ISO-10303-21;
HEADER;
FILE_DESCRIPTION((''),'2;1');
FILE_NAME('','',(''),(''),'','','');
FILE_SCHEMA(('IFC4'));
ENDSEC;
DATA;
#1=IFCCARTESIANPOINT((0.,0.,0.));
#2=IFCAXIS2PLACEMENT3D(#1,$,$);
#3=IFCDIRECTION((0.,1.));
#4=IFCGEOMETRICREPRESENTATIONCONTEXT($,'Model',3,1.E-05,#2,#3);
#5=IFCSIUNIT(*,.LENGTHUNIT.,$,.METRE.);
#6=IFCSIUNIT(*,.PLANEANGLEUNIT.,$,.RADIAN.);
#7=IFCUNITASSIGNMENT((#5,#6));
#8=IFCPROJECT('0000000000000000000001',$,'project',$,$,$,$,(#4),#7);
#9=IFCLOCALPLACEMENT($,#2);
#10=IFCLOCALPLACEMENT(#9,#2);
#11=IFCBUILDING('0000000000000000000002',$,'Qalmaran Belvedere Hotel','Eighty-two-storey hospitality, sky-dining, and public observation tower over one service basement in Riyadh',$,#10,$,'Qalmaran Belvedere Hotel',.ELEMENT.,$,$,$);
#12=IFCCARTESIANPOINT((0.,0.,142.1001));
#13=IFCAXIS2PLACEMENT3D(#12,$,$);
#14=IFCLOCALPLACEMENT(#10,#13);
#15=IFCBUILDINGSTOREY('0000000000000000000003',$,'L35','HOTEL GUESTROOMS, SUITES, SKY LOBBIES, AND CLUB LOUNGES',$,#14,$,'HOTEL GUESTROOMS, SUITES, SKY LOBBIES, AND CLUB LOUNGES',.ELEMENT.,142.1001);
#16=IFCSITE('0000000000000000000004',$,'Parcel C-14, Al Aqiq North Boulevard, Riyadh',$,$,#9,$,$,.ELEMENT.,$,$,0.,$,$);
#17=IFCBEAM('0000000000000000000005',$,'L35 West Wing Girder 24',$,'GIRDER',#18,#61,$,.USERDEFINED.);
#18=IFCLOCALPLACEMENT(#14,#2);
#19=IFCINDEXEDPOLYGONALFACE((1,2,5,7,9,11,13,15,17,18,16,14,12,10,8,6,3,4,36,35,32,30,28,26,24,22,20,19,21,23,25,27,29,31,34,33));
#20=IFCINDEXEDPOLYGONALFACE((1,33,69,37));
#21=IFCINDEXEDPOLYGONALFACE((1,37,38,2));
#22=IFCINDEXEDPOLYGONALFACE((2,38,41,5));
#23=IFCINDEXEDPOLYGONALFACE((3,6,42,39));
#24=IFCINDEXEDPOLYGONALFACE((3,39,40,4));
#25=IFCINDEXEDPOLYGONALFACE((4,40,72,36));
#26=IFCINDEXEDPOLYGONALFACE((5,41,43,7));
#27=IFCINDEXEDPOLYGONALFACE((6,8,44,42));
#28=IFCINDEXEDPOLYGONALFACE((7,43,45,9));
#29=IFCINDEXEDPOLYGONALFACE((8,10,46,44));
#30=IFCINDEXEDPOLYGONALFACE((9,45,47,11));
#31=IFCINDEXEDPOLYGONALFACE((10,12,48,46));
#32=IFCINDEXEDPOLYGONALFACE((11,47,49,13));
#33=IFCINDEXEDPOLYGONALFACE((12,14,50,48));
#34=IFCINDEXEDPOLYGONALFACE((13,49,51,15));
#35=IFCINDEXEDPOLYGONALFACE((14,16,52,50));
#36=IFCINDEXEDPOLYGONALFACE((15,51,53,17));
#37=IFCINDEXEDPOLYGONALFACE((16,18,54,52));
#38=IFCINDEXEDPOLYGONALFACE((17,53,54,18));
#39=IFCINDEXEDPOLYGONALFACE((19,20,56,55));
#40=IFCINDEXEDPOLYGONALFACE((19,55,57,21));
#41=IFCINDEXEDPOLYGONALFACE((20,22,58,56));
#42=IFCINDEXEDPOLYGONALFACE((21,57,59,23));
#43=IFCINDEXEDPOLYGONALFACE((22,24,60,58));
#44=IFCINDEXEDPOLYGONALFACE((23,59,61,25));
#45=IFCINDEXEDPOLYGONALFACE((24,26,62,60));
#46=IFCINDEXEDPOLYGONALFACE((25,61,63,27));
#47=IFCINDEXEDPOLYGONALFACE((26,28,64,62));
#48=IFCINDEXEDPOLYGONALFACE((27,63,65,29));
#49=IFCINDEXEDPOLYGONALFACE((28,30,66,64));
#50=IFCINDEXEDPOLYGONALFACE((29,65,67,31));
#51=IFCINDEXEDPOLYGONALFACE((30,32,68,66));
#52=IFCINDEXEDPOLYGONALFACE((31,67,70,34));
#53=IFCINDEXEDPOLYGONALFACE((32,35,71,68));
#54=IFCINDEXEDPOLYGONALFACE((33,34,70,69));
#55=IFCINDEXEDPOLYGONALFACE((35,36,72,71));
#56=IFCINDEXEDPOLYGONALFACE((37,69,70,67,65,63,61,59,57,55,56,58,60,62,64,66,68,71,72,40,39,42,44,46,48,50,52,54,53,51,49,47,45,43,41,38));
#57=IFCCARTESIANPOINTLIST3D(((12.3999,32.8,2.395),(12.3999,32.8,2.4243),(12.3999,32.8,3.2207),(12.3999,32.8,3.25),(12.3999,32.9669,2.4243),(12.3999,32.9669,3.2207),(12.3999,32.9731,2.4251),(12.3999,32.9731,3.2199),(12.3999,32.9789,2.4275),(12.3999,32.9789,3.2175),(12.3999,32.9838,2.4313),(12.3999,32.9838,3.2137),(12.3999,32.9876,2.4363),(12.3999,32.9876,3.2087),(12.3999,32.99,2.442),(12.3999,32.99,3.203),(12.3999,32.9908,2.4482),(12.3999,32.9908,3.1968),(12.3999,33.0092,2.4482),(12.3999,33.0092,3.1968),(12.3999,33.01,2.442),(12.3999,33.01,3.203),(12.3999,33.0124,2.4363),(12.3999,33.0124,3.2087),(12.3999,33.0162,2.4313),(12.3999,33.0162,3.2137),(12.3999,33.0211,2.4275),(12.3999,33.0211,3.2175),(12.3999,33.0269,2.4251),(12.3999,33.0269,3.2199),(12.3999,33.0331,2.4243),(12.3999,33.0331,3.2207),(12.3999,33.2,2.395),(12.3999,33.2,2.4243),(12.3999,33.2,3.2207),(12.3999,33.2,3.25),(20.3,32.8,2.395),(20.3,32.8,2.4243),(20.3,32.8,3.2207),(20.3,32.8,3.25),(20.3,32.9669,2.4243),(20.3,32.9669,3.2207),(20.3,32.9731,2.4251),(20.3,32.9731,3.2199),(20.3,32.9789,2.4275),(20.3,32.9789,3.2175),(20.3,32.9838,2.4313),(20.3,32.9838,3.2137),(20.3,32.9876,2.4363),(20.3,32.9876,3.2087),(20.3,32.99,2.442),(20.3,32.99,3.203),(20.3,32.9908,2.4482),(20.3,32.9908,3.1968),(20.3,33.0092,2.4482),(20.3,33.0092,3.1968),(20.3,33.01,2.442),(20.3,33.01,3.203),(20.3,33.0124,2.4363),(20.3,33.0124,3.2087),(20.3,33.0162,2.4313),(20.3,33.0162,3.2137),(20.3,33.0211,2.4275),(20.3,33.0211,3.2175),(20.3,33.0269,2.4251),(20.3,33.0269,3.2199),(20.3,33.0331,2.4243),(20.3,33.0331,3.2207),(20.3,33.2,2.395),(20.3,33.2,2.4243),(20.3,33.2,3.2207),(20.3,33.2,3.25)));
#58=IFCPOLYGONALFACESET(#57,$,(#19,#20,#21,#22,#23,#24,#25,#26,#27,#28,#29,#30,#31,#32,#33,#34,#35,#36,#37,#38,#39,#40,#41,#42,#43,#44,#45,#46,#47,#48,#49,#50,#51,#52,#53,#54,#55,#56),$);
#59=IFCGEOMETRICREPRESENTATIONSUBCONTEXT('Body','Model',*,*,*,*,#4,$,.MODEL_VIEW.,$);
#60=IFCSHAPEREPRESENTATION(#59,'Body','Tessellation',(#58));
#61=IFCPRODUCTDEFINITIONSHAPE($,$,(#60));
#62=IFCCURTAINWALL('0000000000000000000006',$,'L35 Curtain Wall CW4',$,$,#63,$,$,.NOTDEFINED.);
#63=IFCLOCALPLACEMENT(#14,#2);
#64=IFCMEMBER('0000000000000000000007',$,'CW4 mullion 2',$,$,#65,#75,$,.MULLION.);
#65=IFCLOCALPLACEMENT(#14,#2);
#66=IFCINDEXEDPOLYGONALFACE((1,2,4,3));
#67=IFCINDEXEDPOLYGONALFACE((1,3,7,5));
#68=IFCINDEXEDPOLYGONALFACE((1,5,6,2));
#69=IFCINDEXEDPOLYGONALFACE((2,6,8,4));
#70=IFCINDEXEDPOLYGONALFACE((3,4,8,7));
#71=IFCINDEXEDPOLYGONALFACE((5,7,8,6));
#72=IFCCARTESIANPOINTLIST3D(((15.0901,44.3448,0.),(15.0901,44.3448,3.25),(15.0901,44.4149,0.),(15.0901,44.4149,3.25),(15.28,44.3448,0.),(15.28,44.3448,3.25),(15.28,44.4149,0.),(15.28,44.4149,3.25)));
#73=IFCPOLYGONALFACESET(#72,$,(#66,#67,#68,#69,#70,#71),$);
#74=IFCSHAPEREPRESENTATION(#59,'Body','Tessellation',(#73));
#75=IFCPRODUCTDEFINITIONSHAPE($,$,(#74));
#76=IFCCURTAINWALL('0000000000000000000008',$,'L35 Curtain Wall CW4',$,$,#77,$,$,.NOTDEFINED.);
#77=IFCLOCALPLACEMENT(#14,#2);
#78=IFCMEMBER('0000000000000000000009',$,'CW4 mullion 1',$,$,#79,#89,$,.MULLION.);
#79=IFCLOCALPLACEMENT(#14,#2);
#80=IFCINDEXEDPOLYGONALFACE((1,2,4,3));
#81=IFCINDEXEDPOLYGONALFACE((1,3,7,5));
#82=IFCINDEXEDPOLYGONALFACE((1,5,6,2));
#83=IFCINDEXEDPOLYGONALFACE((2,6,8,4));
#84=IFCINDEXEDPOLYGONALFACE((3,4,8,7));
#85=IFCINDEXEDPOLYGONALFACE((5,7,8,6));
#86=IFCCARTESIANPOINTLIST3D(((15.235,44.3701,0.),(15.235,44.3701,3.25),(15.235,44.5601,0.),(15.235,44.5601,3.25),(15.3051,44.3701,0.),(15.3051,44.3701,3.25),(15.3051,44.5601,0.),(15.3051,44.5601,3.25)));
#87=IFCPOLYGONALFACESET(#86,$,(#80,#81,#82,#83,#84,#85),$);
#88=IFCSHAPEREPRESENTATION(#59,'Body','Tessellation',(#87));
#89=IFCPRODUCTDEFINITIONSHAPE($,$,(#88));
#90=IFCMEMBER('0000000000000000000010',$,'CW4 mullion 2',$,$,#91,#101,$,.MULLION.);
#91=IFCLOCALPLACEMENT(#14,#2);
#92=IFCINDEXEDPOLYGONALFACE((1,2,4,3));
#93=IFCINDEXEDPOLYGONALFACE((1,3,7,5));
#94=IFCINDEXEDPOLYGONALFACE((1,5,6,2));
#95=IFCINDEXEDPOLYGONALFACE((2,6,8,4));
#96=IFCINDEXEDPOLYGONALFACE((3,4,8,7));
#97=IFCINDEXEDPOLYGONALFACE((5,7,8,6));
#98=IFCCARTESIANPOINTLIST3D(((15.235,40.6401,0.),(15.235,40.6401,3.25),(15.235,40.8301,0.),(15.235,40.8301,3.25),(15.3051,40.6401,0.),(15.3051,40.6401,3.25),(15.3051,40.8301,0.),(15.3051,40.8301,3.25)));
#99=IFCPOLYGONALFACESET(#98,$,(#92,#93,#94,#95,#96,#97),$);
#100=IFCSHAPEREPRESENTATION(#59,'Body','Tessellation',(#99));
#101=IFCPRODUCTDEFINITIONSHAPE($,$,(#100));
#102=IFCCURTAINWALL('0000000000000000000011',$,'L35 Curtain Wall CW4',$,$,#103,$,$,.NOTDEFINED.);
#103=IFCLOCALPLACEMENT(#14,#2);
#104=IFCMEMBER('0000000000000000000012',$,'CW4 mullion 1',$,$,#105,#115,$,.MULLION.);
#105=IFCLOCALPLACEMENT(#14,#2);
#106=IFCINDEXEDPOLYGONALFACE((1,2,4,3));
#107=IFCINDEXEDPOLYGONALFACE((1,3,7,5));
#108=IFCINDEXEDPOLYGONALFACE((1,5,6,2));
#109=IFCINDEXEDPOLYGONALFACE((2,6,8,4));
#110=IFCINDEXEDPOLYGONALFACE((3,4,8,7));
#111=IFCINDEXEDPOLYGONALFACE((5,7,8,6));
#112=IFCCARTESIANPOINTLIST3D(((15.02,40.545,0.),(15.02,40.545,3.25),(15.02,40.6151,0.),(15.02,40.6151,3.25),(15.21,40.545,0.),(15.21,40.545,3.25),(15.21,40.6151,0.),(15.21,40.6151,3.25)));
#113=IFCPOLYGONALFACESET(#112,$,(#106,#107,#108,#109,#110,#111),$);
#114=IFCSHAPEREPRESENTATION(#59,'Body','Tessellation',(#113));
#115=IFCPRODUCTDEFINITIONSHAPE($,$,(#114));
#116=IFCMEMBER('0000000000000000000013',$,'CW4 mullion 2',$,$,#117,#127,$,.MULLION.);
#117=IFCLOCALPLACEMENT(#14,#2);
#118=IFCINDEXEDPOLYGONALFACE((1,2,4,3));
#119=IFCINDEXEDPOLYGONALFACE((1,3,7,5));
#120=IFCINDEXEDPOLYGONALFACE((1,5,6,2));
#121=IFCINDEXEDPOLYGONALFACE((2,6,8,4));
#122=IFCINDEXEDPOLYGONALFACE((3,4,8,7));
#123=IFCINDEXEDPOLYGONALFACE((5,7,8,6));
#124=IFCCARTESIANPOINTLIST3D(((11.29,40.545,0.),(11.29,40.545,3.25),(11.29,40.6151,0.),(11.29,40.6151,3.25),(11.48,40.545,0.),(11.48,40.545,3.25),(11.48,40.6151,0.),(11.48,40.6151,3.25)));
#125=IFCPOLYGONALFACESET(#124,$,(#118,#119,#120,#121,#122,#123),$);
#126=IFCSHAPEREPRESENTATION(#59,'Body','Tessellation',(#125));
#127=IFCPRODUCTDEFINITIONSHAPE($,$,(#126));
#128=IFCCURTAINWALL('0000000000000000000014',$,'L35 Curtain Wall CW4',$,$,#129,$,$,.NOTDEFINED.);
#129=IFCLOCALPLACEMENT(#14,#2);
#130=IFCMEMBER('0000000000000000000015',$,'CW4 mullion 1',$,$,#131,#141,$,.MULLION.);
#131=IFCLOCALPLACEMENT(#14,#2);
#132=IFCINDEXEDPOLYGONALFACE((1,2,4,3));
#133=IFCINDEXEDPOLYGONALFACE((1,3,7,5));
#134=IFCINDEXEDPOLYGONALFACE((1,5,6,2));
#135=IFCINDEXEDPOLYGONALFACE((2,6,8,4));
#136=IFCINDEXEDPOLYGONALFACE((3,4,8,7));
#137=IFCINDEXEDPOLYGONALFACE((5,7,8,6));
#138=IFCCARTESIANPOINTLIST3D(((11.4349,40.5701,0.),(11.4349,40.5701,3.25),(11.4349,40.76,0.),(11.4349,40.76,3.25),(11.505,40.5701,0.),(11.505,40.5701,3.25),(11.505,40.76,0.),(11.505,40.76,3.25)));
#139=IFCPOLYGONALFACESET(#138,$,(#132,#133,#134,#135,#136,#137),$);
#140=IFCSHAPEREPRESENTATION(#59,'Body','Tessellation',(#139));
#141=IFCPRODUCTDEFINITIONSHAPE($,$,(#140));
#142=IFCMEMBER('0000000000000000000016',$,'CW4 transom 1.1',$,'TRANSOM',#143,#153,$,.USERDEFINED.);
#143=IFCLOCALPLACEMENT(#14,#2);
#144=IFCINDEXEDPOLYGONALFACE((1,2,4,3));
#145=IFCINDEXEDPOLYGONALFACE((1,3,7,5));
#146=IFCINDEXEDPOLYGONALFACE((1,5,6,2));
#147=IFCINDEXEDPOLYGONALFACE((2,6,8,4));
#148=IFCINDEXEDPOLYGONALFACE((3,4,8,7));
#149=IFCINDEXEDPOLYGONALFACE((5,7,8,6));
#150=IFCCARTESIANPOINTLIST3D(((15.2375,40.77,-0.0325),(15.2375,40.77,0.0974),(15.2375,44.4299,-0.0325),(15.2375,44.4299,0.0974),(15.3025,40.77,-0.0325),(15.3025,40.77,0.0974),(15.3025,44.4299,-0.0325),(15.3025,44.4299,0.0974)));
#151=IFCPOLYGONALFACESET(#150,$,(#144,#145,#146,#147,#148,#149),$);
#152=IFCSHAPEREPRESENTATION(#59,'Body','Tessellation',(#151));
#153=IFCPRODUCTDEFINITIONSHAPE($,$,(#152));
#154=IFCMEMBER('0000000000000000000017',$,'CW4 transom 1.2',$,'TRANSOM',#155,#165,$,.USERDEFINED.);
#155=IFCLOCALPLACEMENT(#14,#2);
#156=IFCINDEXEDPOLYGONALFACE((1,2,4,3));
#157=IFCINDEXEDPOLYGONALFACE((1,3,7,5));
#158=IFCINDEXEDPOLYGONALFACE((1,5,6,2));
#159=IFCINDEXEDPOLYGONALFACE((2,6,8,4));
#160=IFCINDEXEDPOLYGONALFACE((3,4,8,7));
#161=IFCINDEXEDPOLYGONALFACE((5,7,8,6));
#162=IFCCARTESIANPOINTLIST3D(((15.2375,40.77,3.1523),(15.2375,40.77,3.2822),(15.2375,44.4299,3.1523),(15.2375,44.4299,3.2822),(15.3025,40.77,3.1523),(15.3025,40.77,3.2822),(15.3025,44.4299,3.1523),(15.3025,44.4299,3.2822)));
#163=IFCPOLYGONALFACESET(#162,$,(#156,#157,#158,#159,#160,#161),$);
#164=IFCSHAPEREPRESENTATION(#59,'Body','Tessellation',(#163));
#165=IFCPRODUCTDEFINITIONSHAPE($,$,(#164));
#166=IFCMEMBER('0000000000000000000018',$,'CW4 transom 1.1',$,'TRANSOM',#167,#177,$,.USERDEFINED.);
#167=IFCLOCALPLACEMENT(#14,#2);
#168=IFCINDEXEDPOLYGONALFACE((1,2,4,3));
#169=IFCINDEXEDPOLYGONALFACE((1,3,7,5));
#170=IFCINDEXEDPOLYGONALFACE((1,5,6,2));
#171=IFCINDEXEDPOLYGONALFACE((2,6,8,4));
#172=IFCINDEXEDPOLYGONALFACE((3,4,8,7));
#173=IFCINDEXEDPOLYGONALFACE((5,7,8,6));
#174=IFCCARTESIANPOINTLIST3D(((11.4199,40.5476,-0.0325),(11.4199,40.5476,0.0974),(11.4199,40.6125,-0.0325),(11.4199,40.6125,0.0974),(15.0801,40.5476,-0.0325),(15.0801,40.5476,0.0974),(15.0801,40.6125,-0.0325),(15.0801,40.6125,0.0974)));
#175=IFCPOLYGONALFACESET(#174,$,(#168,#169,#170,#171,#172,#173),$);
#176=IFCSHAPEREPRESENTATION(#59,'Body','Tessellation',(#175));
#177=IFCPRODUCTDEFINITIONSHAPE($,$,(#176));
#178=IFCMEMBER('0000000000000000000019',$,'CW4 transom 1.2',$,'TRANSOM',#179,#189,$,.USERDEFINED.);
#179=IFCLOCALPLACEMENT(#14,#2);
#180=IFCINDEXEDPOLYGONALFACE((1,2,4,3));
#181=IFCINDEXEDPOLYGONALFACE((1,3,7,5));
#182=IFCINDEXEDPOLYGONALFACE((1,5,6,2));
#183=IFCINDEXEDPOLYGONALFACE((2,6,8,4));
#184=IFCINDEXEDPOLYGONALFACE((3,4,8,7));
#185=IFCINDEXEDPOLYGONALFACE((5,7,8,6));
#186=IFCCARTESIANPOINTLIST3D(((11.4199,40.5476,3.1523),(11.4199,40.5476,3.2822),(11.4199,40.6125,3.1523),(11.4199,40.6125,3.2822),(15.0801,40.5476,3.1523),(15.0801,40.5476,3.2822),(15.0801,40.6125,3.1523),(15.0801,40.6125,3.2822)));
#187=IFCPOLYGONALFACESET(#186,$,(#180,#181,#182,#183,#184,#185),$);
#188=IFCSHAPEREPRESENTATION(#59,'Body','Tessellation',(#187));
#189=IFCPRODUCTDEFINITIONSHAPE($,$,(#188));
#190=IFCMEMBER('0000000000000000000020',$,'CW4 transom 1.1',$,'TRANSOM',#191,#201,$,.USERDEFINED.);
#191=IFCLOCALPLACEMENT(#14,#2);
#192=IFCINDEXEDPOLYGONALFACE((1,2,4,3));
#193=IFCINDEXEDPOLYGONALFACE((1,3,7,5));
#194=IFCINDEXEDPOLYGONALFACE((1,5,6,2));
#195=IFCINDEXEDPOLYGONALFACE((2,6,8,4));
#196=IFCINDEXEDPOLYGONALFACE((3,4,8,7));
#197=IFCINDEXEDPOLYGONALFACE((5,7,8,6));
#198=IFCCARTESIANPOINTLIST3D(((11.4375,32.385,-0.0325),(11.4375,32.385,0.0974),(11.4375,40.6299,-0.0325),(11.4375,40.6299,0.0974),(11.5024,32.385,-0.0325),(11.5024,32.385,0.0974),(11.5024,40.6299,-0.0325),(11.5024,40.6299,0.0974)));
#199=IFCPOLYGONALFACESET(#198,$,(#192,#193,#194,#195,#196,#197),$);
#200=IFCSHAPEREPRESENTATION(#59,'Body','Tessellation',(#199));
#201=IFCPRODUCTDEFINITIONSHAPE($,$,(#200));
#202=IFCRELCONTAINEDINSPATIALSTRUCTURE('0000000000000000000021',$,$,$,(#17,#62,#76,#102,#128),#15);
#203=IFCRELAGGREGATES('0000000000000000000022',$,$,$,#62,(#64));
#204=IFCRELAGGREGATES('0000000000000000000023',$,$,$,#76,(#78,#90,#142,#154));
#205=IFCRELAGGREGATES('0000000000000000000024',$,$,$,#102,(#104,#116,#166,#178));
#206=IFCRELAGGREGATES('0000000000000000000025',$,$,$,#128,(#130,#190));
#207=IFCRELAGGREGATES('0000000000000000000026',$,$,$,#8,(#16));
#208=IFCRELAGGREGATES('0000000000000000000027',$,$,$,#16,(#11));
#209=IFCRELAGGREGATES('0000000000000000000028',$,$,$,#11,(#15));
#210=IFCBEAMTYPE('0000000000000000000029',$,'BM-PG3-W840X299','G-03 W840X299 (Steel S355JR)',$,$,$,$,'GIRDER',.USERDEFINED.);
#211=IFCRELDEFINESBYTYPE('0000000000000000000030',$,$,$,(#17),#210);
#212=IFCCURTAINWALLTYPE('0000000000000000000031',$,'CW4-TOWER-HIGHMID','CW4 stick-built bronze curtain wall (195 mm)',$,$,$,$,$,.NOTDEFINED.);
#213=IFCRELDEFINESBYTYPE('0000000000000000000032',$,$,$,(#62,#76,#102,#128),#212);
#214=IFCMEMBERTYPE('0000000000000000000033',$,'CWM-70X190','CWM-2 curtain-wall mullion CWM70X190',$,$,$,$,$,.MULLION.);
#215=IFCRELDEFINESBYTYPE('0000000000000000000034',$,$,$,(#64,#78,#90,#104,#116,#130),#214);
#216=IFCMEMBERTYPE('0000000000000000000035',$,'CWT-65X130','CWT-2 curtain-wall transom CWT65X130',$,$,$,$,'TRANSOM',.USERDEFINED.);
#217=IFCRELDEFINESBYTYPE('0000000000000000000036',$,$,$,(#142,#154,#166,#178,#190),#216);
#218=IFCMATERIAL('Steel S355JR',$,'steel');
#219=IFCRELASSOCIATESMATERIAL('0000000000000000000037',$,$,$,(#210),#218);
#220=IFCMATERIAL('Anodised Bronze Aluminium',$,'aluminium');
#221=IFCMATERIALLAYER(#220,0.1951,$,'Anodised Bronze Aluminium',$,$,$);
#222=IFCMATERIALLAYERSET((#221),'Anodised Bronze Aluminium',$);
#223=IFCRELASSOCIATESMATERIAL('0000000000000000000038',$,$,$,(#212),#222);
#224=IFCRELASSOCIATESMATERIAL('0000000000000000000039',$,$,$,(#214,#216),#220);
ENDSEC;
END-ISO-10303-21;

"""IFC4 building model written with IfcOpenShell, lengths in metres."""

from ifc_helpers import new_model, si_unit, direction, frame, origin, origin_2d, place, context, subcontext, project, spatial, rectangle, i_section, extrude, material, layer, layer_set, material_profile, profile_set, type_object, element, aggregate, save


model = new_model("IFC4")

# Units and contexts
model_context = context("Model", 3, precision=1e-05, world=origin(), true_north=direction((0.0, 1.0)))
body_context = subcontext(model_context, "Body", "Model", "MODEL_VIEW")
ifc_project = project(units=[si_unit("LENGTHUNIT", "METRE"), si_unit("PLANEANGLEUNIT", "RADIAN")], contexts=[model_context])

# Site, building, storey
site_placement = place(None, origin())
site = spatial("IfcSite", under=ifc_project, at=site_placement, Name="Parcel C-14, Al Aqiq North Boulevard, Riyadh", CompositionType="ELEMENT", RefElevation=0.0)
building_placement = place(site_placement, origin())
building = spatial("IfcBuilding", under=site, at=building_placement, Name="Qalmaran Belvedere Hotel", Description="Eighty-two-storey hospitality, sky-dining, and public observation tower over one service basement in Riyadh", LongName="Qalmaran Belvedere Hotel", CompositionType="ELEMENT")
storey_placement = place(building_placement, frame((0.0, 0.0, 142.1001)))
storey = spatial("IfcBuildingStorey", under=building, at=storey_placement, Name="L35", Description="HOTEL GUESTROOMS, SUITES, SKY LOBBIES, AND CLUB LOUNGES", LongName="HOTEL GUESTROOMS, SUITES, SKY LOBBIES, AND CLUB LOUNGES", CompositionType="ELEMENT", Elevation=142.1001)

# Beam
ifc_material_1 = material(Name="Steel S355JR", Category="steel")
ifc_material_profile_1 = material_profile(ifc_material_1, i_section(OverallWidth=0.3999, OverallDepth=0.855, WebThickness=0.0183, FlangeThickness=0.0293, FilletRadius=0.0239, at=origin_2d()), Name="W840X299")
ifc_profile_set_1 = profile_set([ifc_material_profile_1], Name="Steel S355JR")
beam_type = type_object("IfcBeamType", Name="BM-PG3-W840X299", Description="G-03 W840X299 (Steel S355JR)", ElementType="GIRDER", PredefinedType="USERDEFINED", material=ifc_profile_set_1)
beam_placement = place(storey_placement, frame((12.3999, 33.0, 2.8225), z_axis=(1.0, 0.0, 0.0), x_axis=(0.0, 1.0, 0.0)))
element("IfcBeam", 1, at=beam_placement, inside=storey, type_object=beam_type, Name="L35 West Wing Girder 24", ObjectType="GIRDER", PredefinedType="USERDEFINED", context=body_context, shape_type="SweptSolid", body=[
    extrude(i_section(OverallWidth=0.3999, OverallDepth=0.855, WebThickness=0.0183, FlangeThickness=0.0293, FilletRadius=0.0239, at=origin_2d()), origin(), (0.0, 0.0, 1.0), 7.9001),
])

# Curtain wall, member
ifc_material_2 = material(Name="Anodised Bronze Aluminium", Category="aluminium")
ifc_layer_1 = layer(ifc_material_2, 0.1951, Name="Anodised Bronze Aluminium")
ifc_layer_set_1 = layer_set([ifc_layer_1], Name="Anodised Bronze Aluminium")
curtain_wall_type = type_object("IfcCurtainWallType", Name="CW4-TOWER-HIGHMID", Description="CW4 stick-built bronze curtain wall (195 mm)", PredefinedType="NOTDEFINED", material=ifc_layer_set_1)
curtain_wall_1_placement = place(storey_placement, origin())
curtain_wall_1 = element("IfcCurtainWall", 2, at=curtain_wall_1_placement, inside=storey, type_object=curtain_wall_type, Name="L35 Curtain Wall CW4", PredefinedType="NOTDEFINED")
ifc_material_profile_2 = material_profile(ifc_material_2, rectangle(XDim=0.0701, YDim=0.1899, at=origin_2d()), Name="CWM70X190")
ifc_profile_set_2 = profile_set([ifc_material_profile_2], Name="Anodised Bronze Aluminium")
member_type_1 = type_object("IfcMemberType", Name="CWM-70X190", Description="CWM-2 curtain-wall mullion CWM70X190", PredefinedType="MULLION", material=ifc_profile_set_2)
member_1_placement = place(storey_placement, frame((15.1851, 44.3799, 0.0), z_axis=(0.0, 0.0, 1.0), x_axis=(0.0, -1.0, 0.0)))
member_1 = element("IfcMember", 3, at=member_1_placement, type_object=member_type_1, Name="CW4 mullion 2", PredefinedType="MULLION", context=body_context, shape_type="SweptSolid", body=[
    extrude(rectangle(XDim=0.0701, YDim=0.1899, at=origin_2d()), origin(), (0.0, 0.0, 1.0), 3.25),
])
aggregate(curtain_wall_1, [member_1])

# Curtain walls, members
curtain_wall_2_placement = place(storey_placement, origin())
curtain_wall_2 = element("IfcCurtainWall", 4, at=curtain_wall_2_placement, inside=storey, type_object=curtain_wall_type, Name="L35 Curtain Wall CW4", PredefinedType="NOTDEFINED")
member_2_placement = place(storey_placement, frame((15.27, 44.4651, 0.0), z_axis=(0.0, 0.0, 1.0), x_axis=(1.0, 0.0, 0.0)))
member_2 = element("IfcMember", 5, at=member_2_placement, type_object=member_type_1, Name="CW4 mullion 1", PredefinedType="MULLION", context=body_context, shape_type="SweptSolid", body=[
    extrude(rectangle(XDim=0.0701, YDim=0.1899, at=origin_2d()), origin(), (0.0, 0.0, 1.0), 3.25),
])
member_3_placement = place(storey_placement, frame((15.27, 40.7351, 0.0), z_axis=(0.0, 0.0, 1.0), x_axis=(1.0, 0.0, 0.0)))
member_3 = element("IfcMember", 6, at=member_3_placement, type_object=member_type_1, Name="CW4 mullion 2", PredefinedType="MULLION", context=body_context, shape_type="SweptSolid", body=[
    extrude(rectangle(XDim=0.0701, YDim=0.1899, at=origin_2d()), origin(), (0.0, 0.0, 1.0), 3.25),
])
curtain_wall_3_placement = place(storey_placement, origin())
curtain_wall_3 = element("IfcCurtainWall", 7, at=curtain_wall_3_placement, inside=storey, type_object=curtain_wall_type, Name="L35 Curtain Wall CW4", PredefinedType="NOTDEFINED")
member_4_placement = place(storey_placement, frame((15.115, 40.5801, 0.0), z_axis=(0.0, 0.0, 1.0), x_axis=(0.0, -1.0, 0.0)))
member_4 = element("IfcMember", 8, at=member_4_placement, type_object=member_type_1, Name="CW4 mullion 1", PredefinedType="MULLION", context=body_context, shape_type="SweptSolid", body=[
    extrude(rectangle(XDim=0.0701, YDim=0.1899, at=origin_2d()), origin(), (0.0, 0.0, 1.0), 3.25),
])
member_5_placement = place(storey_placement, frame((11.385, 40.5801, 0.0), z_axis=(0.0, 0.0, 1.0), x_axis=(0.0, -1.0, 0.0)))
member_5 = element("IfcMember", 9, at=member_5_placement, type_object=member_type_1, Name="CW4 mullion 2", PredefinedType="MULLION", context=body_context, shape_type="SweptSolid", body=[
    extrude(rectangle(XDim=0.0701, YDim=0.1899, at=origin_2d()), origin(), (0.0, 0.0, 1.0), 3.25),
])

# Curtain wall, member
curtain_wall_4_placement = place(storey_placement, origin())
curtain_wall_4 = element("IfcCurtainWall", 10, at=curtain_wall_4_placement, inside=storey, type_object=curtain_wall_type, Name="L35 Curtain Wall CW4", PredefinedType="NOTDEFINED")
member_6_placement = place(storey_placement, frame((11.47, 40.665, 0.0), z_axis=(0.0, 0.0, 1.0), x_axis=(1.0, 0.0, 0.0)))
member_6 = element("IfcMember", 11, at=member_6_placement, type_object=member_type_1, Name="CW4 mullion 1", PredefinedType="MULLION", context=body_context, shape_type="SweptSolid", body=[
    extrude(rectangle(XDim=0.0701, YDim=0.1899, at=origin_2d()), origin(), (0.0, 0.0, 1.0), 3.25),
])

# Members
ifc_material_profile_3 = material_profile(ifc_material_2, rectangle(XDim=0.0649, YDim=0.1299, at=origin_2d()), Name="CWT65X130")
ifc_profile_set_3 = profile_set([ifc_material_profile_3], Name="Anodised Bronze Aluminium")
member_type_2 = type_object("IfcMemberType", Name="CWT-65X130", Description="CWT-2 curtain-wall transom CWT65X130", ElementType="TRANSOM", PredefinedType="USERDEFINED", material=ifc_profile_set_3)
member_7_placement = place(storey_placement, frame((15.27, 44.4299, 0.0325), z_axis=(0.0, -1.0, 0.0), x_axis=(1.0, 0.0, 0.0)))
member_7 = element("IfcMember", 12, at=member_7_placement, type_object=member_type_2, Name="CW4 transom 1.1", ObjectType="TRANSOM", PredefinedType="USERDEFINED", context=body_context, shape_type="SweptSolid", body=[
    extrude(rectangle(XDim=0.0649, YDim=0.1299, at=origin_2d()), origin(), (0.0, 0.0, 1.0), 3.6599),
])
member_8_placement = place(storey_placement, frame((15.27, 44.4299, 3.2173), z_axis=(0.0, -1.0, 0.0), x_axis=(1.0, 0.0, 0.0)))
member_8 = element("IfcMember", 13, at=member_8_placement, type_object=member_type_2, Name="CW4 transom 1.2", ObjectType="TRANSOM", PredefinedType="USERDEFINED", context=body_context, shape_type="SweptSolid", body=[
    extrude(rectangle(XDim=0.0649, YDim=0.1299, at=origin_2d()), origin(), (0.0, 0.0, 1.0), 3.6599),
])
member_9_placement = place(storey_placement, frame((15.0801, 40.5801, 0.0325), z_axis=(-1.0, 0.0, 0.0), x_axis=(0.0, -1.0, 0.0)))
member_9 = element("IfcMember", 14, at=member_9_placement, type_object=member_type_2, Name="CW4 transom 1.1", ObjectType="TRANSOM", PredefinedType="USERDEFINED", context=body_context, shape_type="SweptSolid", body=[
    extrude(rectangle(XDim=0.0649, YDim=0.1299, at=origin_2d()), origin(), (0.0, 0.0, 1.0), 3.6602),
])
member_10_placement = place(storey_placement, frame((15.0801, 40.5801, 3.2173), z_axis=(-1.0, 0.0, 0.0), x_axis=(0.0, -1.0, 0.0)))
member_10 = element("IfcMember", 15, at=member_10_placement, type_object=member_type_2, Name="CW4 transom 1.2", ObjectType="TRANSOM", PredefinedType="USERDEFINED", context=body_context, shape_type="SweptSolid", body=[
    extrude(rectangle(XDim=0.0649, YDim=0.1299, at=origin_2d()), origin(), (0.0, 0.0, 1.0), 3.6602),
])
member_11_placement = place(storey_placement, frame((11.47, 40.6299, 0.0325), z_axis=(0.0, -1.0, 0.0), x_axis=(1.0, 0.0, 0.0)))
member_11 = element("IfcMember", 16, at=member_11_placement, type_object=member_type_2, Name="CW4 transom 1.1", ObjectType="TRANSOM", PredefinedType="USERDEFINED", context=body_context, shape_type="SweptSolid", body=[
    extrude(rectangle(XDim=0.0649, YDim=0.1299, at=origin_2d()), origin(), (0.0, 0.0, 1.0), 8.2449),
])

aggregate(curtain_wall_2, [member_2, member_3, member_7, member_8])
aggregate(curtain_wall_3, [member_4, member_5, member_9, member_10])
aggregate(curtain_wall_4, [member_6, member_11])

save(model, "model.ifc")
